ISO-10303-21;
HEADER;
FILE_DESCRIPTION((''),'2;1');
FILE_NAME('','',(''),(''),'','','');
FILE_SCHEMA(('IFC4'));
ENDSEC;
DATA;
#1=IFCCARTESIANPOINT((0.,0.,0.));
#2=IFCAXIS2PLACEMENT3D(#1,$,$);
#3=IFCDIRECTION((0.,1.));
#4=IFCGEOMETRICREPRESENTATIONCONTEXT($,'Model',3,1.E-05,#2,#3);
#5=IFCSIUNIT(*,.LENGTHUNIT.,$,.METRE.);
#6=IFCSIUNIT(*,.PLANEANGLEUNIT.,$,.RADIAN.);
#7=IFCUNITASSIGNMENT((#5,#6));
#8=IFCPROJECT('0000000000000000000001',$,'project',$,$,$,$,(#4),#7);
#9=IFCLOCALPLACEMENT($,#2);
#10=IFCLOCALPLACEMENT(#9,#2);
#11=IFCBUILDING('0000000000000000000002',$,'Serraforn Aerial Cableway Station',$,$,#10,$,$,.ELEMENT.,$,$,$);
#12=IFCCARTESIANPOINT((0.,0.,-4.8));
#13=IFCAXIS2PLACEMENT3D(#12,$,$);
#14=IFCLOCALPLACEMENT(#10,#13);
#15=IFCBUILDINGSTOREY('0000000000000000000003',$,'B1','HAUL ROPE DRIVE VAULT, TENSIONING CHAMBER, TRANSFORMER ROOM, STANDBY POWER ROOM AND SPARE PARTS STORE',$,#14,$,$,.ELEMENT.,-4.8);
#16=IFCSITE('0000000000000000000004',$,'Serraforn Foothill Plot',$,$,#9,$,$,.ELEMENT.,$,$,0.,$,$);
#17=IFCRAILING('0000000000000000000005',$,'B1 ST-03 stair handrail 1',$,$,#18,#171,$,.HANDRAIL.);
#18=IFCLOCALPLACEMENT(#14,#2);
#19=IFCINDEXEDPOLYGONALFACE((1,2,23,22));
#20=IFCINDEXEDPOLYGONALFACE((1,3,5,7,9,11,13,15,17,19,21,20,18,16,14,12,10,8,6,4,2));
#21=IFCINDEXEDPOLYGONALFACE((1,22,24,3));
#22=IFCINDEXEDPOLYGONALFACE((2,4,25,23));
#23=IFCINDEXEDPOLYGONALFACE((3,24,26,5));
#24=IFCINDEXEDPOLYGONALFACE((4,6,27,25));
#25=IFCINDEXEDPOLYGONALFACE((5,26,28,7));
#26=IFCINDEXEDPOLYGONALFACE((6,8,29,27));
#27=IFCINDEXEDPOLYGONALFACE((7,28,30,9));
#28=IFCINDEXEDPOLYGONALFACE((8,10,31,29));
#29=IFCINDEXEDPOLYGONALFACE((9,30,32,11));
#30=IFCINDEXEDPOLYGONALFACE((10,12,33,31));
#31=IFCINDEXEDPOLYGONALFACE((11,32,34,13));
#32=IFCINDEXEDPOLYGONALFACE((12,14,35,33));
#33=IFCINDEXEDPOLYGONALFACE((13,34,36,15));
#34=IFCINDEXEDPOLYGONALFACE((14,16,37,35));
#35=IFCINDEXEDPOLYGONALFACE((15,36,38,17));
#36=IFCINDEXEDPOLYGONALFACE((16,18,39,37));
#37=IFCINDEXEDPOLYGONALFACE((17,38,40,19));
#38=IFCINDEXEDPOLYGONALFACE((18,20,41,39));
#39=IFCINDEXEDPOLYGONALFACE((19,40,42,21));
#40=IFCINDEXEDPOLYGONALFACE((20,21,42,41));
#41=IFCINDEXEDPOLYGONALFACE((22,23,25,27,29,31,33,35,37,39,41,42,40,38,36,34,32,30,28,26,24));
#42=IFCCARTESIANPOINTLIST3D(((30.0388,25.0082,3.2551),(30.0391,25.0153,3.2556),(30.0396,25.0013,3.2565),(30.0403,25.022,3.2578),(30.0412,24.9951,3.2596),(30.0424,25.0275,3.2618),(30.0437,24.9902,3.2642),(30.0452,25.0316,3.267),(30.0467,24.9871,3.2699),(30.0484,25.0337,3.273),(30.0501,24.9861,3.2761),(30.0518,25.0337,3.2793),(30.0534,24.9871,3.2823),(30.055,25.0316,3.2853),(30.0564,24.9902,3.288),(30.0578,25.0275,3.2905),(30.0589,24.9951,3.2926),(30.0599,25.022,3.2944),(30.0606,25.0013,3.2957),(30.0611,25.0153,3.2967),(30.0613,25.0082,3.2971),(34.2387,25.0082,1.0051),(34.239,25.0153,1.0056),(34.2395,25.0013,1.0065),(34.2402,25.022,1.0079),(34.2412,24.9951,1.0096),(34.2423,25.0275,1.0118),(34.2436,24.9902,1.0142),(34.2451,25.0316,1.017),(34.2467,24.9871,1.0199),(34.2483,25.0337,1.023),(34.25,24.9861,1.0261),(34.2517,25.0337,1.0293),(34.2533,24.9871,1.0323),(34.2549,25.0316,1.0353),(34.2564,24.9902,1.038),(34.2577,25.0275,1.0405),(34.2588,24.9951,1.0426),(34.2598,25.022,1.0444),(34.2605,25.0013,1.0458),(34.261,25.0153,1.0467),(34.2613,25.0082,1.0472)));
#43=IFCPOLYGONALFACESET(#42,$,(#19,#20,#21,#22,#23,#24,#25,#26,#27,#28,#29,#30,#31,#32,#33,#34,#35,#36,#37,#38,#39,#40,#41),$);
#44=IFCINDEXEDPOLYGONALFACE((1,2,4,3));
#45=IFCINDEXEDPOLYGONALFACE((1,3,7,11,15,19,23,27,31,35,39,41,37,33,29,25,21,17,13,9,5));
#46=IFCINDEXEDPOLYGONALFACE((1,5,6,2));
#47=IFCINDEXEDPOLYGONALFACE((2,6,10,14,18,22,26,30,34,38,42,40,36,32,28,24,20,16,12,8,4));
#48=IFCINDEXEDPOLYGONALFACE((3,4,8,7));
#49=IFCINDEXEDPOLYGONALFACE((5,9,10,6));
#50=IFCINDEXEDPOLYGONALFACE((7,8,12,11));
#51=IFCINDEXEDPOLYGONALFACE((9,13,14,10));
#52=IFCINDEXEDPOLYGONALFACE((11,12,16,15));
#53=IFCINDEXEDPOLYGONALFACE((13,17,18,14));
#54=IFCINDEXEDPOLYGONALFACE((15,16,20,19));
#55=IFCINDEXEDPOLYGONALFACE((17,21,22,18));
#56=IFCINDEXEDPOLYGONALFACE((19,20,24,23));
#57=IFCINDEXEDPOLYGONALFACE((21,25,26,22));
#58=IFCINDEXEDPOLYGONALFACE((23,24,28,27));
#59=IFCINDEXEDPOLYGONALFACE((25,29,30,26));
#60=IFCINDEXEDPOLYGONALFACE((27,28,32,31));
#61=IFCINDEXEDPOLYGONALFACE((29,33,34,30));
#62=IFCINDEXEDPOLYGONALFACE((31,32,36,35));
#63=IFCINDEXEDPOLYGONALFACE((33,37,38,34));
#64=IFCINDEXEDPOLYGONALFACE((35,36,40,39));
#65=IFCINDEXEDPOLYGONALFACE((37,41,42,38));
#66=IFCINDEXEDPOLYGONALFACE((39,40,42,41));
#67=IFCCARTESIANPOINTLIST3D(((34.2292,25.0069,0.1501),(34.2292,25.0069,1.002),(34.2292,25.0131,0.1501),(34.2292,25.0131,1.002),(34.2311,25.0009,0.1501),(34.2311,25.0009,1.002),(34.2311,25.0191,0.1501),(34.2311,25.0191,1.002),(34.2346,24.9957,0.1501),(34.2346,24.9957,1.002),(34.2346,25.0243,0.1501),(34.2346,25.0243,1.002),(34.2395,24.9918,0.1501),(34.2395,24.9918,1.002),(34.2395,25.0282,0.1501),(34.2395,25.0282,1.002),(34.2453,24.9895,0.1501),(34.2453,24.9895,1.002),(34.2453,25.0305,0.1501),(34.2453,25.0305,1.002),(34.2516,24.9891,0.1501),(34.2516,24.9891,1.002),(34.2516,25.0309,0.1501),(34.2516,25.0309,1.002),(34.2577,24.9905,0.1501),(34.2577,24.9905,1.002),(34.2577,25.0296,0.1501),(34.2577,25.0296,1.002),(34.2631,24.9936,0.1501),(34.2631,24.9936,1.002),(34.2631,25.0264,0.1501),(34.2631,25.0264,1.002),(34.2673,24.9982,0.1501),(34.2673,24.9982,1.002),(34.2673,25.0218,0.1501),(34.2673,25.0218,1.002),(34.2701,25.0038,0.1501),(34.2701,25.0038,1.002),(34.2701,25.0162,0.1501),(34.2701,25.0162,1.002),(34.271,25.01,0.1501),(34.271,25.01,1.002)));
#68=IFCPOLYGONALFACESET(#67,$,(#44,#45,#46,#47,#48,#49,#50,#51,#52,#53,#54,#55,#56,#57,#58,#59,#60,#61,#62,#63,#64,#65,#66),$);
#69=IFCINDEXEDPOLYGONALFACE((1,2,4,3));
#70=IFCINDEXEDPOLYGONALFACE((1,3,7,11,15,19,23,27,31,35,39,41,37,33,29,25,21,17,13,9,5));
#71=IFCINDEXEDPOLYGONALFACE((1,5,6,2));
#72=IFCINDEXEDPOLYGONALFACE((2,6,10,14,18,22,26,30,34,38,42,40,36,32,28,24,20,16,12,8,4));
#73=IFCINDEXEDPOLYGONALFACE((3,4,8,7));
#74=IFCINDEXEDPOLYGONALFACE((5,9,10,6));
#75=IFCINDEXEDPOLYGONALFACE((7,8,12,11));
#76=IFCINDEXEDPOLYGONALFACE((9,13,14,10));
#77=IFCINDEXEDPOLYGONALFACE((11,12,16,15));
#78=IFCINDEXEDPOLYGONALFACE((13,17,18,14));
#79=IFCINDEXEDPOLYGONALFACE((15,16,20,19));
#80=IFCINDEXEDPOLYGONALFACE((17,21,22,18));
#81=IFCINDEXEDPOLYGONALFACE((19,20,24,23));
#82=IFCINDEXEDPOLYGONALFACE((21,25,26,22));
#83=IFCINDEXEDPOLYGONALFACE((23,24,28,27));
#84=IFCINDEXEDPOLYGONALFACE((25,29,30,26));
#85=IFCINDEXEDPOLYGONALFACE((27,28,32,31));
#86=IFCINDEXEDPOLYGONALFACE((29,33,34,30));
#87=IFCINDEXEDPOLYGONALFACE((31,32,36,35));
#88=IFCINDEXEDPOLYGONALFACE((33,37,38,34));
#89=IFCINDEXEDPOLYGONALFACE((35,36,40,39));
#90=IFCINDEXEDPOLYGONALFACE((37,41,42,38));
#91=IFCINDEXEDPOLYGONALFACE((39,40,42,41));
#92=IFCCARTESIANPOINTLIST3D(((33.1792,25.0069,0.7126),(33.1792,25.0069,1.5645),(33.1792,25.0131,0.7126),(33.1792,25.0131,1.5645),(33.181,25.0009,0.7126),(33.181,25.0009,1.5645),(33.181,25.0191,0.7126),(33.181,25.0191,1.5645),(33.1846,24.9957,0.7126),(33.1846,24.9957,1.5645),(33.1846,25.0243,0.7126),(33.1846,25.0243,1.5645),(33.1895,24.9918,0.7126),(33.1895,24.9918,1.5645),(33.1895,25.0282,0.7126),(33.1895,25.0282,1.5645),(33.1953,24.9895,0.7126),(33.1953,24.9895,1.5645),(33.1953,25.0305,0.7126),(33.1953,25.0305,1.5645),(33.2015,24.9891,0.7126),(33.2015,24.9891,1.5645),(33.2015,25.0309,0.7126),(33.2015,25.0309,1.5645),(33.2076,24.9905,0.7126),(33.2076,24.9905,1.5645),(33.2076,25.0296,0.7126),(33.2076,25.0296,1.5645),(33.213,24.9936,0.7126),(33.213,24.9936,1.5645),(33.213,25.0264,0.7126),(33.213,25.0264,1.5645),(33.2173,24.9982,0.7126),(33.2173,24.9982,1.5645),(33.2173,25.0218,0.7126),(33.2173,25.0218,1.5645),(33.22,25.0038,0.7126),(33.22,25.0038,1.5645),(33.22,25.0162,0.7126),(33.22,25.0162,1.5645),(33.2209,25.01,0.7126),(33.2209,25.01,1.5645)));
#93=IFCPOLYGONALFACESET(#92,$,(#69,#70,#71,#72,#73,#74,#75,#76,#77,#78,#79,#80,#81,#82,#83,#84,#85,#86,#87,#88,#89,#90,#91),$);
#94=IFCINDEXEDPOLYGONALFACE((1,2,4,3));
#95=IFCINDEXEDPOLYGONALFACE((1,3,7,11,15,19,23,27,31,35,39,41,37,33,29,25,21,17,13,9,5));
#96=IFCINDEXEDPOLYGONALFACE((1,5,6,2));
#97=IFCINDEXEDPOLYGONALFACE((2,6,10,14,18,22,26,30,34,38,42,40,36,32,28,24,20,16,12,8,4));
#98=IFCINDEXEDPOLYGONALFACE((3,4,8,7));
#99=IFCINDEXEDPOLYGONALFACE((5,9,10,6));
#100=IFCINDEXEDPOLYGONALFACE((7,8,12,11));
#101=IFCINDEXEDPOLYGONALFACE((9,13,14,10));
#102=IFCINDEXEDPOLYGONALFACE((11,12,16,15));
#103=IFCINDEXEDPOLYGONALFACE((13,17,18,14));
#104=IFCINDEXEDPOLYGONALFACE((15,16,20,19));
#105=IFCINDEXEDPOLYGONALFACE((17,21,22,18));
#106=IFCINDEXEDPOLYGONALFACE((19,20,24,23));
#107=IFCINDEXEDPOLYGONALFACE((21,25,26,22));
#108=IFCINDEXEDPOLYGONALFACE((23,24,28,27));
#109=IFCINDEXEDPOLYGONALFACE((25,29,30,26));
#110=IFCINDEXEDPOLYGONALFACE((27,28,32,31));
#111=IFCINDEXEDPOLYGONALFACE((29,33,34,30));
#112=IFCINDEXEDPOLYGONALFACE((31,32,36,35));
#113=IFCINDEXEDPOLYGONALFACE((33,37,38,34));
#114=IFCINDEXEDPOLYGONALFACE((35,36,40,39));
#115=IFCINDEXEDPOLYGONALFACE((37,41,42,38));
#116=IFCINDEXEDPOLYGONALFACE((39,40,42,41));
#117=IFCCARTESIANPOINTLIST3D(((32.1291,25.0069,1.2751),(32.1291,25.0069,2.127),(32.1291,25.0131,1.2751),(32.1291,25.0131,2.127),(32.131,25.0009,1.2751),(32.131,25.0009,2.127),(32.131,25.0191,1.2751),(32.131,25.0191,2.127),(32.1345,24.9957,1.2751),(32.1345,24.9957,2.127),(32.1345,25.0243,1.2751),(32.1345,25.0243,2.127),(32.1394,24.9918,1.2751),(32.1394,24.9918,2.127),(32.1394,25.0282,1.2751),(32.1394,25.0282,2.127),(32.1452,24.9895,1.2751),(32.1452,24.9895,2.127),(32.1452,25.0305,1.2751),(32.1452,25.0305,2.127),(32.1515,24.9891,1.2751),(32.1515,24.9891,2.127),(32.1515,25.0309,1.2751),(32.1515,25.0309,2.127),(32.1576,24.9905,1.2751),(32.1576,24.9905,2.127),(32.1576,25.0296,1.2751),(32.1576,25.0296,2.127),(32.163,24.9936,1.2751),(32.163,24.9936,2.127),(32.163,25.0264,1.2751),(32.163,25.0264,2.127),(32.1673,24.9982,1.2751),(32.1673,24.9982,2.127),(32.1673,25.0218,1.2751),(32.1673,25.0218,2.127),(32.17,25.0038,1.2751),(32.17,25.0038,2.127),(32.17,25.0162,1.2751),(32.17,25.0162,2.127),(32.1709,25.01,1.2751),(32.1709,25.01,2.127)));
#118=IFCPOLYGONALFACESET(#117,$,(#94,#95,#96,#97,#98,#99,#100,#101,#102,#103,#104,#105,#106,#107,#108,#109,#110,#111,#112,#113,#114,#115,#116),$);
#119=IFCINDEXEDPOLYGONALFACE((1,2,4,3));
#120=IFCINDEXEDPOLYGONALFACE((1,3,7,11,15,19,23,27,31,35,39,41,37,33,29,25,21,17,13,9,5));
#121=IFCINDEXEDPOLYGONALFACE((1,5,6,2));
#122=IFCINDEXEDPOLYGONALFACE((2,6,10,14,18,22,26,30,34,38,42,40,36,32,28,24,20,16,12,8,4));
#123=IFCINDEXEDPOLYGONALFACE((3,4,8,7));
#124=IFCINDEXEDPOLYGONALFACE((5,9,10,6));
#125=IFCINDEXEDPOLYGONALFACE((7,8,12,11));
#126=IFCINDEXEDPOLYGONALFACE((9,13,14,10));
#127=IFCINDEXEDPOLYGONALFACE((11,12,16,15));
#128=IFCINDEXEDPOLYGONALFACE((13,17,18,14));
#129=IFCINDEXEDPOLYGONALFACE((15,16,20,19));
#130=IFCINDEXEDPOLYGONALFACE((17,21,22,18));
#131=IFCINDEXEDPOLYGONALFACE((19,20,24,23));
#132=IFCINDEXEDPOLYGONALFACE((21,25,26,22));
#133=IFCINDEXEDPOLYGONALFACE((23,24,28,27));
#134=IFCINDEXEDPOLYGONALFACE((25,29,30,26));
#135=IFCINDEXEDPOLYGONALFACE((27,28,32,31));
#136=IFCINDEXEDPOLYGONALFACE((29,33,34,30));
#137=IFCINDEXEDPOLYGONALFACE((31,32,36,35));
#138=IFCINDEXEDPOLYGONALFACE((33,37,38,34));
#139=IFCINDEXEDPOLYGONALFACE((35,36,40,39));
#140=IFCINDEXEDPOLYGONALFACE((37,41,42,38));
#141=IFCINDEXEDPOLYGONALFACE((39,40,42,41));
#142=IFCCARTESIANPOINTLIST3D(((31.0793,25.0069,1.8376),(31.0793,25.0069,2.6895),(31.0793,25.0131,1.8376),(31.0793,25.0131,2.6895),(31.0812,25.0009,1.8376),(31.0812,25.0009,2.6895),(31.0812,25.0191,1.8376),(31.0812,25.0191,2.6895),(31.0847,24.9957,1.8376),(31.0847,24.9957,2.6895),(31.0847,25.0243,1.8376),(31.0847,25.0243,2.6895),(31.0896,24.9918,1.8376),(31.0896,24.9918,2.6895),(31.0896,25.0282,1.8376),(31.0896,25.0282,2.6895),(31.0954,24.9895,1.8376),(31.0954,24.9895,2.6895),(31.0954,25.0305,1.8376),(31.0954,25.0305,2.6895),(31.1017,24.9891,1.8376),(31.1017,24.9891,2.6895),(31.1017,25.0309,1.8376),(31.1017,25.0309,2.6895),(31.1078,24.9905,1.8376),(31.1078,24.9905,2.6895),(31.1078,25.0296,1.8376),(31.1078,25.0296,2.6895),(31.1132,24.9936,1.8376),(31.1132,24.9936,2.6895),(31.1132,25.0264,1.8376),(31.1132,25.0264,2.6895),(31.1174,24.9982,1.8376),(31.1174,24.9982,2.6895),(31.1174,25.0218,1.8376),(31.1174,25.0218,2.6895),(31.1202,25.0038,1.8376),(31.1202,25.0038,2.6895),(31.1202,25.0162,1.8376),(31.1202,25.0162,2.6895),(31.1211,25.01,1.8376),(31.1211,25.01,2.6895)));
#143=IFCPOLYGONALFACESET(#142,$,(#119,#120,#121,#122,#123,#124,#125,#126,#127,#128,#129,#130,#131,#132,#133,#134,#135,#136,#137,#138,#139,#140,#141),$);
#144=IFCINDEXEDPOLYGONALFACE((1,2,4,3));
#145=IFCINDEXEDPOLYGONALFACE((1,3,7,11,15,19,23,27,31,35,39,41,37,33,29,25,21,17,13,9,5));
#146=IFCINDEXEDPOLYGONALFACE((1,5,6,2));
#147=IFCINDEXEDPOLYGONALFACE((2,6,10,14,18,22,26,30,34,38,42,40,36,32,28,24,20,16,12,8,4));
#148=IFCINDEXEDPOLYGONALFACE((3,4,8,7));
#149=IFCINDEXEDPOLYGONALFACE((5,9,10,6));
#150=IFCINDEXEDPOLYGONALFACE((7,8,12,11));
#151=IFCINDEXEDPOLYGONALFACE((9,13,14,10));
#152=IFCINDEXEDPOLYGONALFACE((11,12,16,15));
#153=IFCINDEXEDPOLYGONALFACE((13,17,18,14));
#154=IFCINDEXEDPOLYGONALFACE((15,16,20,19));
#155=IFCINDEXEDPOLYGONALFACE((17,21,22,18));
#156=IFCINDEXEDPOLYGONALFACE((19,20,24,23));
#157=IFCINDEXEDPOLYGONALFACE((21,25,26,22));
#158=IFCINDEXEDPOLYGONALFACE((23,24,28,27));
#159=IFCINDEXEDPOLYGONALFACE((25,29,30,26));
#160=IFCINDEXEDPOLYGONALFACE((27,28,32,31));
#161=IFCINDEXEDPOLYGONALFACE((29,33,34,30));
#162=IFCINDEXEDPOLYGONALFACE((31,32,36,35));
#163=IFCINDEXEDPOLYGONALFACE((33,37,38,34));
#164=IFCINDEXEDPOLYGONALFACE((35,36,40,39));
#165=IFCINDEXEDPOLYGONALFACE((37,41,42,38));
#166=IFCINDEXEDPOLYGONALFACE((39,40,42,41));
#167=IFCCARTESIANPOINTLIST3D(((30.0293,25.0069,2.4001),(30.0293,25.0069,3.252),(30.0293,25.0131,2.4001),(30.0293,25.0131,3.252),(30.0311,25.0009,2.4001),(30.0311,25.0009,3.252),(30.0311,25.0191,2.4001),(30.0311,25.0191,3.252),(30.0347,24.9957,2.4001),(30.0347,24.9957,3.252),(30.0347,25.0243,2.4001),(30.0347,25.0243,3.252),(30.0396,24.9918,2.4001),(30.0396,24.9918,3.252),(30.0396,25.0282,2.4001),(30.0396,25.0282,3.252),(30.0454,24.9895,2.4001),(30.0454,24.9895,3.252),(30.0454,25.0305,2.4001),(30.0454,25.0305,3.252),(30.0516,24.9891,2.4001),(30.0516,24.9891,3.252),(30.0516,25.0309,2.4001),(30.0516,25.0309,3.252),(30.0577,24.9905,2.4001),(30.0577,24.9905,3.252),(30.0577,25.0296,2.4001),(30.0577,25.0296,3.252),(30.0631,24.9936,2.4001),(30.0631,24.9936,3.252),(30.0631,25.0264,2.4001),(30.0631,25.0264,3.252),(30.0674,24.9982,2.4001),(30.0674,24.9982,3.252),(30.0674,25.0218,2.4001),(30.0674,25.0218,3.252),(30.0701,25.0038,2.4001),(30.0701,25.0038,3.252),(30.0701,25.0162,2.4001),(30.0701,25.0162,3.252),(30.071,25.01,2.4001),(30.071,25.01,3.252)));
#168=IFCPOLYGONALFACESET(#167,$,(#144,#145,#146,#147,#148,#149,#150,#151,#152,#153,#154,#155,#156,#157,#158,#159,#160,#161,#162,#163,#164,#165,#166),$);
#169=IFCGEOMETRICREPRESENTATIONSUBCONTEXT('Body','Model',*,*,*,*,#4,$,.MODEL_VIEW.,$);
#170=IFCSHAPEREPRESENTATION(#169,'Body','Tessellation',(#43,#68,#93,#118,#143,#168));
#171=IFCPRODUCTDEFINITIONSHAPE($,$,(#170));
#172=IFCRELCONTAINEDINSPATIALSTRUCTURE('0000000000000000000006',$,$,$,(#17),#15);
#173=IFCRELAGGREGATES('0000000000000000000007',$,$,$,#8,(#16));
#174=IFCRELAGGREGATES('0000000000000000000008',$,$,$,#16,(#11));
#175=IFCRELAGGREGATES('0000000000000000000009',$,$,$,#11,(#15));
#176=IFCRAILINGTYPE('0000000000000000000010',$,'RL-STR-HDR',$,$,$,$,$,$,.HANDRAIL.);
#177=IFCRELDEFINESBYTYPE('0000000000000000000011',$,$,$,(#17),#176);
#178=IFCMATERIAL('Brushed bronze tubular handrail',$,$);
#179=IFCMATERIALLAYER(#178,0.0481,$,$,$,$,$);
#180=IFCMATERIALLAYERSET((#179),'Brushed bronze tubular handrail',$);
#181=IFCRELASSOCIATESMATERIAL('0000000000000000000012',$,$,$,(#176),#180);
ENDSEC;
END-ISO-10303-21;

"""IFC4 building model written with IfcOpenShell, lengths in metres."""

from ifc_helpers import new_model, si_unit, direction, frame, origin, origin_2d, place, context, subcontext, project, spatial, circle, extrude, material, layer, layer_set, type_object, element, save


model = new_model("IFC4")

# Units and contexts
model_context = context("Model", 3, precision=1e-05, world=origin(), true_north=direction((0.0, 1.0)))
body_context = subcontext(model_context, "Body", "Model", "MODEL_VIEW")
ifc_project = project(units=[si_unit("LENGTHUNIT", "METRE"), si_unit("PLANEANGLEUNIT", "RADIAN")], contexts=[model_context])

# Site, building, storey
site_placement = place(None, origin())
site = spatial("IfcSite", under=ifc_project, at=site_placement, Name="Serraforn Foothill Plot", CompositionType="ELEMENT", RefElevation=0.0)
building_placement = place(site_placement, origin())
building = spatial("IfcBuilding", under=site, at=building_placement, Name="Serraforn Aerial Cableway Station", CompositionType="ELEMENT")
storey_placement = place(building_placement, frame((0.0, 0.0, -4.8)))
storey = spatial("IfcBuildingStorey", under=building, at=storey_placement, Name="B1", Description="HAUL ROPE DRIVE VAULT, TENSIONING CHAMBER, TRANSFORMER ROOM, STANDBY POWER ROOM AND SPARE PARTS STORE", CompositionType="ELEMENT", Elevation=-4.8)

# Railing
ifc_material_1 = material(Name="Brushed bronze tubular handrail")
ifc_layer_1 = layer(ifc_material_1, 0.0481)
ifc_layer_set_1 = layer_set([ifc_layer_1], Name="Brushed bronze tubular handrail")
railing_type_1 = type_object("IfcRailingType", Name="RL-STR-HDR", PredefinedType="HANDRAIL", material=ifc_layer_set_1)
railing_1_placement = place(storey_placement, frame((34.25, 25.01, 0.1501)))
element("IfcRailing", 1, at=railing_1_placement, inside=storey, type_object=railing_type_1, Name="B1 ST-03 stair handrail 1", PredefinedType="HANDRAIL", context=body_context, shape_type="SweptSolid", body=[
    extrude(circle(Radius=0.0239, at=origin_2d()), frame((0.0, 0.0, 0.876), z_axis=(-0.881478, 0.0, 0.472226), x_axis=(0.0, -1.0, 0.0)), (0.0, 0.0, 1.0), 4.7646),
    extrude(circle(Radius=0.021, at=origin_2d()), origin(), (0.0, 0.0, 1.0), 0.8518),
    extrude(circle(Radius=0.021, at=origin_2d()), frame((-1.05, 0.0, 0.5625)), (0.0, 0.0, 1.0), 0.8518),
    extrude(circle(Radius=0.021, at=origin_2d()), frame((-2.1001, 0.0, 1.125)), (0.0, 0.0, 1.0), 0.8518),
    extrude(circle(Radius=0.021, at=origin_2d()), frame((-3.1499, 0.0, 1.6875)), (0.0, 0.0, 1.0), 0.8518),
    extrude(circle(Radius=0.021, at=origin_2d()), frame((-4.2, 0.0, 2.25)), (0.0, 0.0, 1.0), 0.8518),
])

save(model, "model.ifc")
